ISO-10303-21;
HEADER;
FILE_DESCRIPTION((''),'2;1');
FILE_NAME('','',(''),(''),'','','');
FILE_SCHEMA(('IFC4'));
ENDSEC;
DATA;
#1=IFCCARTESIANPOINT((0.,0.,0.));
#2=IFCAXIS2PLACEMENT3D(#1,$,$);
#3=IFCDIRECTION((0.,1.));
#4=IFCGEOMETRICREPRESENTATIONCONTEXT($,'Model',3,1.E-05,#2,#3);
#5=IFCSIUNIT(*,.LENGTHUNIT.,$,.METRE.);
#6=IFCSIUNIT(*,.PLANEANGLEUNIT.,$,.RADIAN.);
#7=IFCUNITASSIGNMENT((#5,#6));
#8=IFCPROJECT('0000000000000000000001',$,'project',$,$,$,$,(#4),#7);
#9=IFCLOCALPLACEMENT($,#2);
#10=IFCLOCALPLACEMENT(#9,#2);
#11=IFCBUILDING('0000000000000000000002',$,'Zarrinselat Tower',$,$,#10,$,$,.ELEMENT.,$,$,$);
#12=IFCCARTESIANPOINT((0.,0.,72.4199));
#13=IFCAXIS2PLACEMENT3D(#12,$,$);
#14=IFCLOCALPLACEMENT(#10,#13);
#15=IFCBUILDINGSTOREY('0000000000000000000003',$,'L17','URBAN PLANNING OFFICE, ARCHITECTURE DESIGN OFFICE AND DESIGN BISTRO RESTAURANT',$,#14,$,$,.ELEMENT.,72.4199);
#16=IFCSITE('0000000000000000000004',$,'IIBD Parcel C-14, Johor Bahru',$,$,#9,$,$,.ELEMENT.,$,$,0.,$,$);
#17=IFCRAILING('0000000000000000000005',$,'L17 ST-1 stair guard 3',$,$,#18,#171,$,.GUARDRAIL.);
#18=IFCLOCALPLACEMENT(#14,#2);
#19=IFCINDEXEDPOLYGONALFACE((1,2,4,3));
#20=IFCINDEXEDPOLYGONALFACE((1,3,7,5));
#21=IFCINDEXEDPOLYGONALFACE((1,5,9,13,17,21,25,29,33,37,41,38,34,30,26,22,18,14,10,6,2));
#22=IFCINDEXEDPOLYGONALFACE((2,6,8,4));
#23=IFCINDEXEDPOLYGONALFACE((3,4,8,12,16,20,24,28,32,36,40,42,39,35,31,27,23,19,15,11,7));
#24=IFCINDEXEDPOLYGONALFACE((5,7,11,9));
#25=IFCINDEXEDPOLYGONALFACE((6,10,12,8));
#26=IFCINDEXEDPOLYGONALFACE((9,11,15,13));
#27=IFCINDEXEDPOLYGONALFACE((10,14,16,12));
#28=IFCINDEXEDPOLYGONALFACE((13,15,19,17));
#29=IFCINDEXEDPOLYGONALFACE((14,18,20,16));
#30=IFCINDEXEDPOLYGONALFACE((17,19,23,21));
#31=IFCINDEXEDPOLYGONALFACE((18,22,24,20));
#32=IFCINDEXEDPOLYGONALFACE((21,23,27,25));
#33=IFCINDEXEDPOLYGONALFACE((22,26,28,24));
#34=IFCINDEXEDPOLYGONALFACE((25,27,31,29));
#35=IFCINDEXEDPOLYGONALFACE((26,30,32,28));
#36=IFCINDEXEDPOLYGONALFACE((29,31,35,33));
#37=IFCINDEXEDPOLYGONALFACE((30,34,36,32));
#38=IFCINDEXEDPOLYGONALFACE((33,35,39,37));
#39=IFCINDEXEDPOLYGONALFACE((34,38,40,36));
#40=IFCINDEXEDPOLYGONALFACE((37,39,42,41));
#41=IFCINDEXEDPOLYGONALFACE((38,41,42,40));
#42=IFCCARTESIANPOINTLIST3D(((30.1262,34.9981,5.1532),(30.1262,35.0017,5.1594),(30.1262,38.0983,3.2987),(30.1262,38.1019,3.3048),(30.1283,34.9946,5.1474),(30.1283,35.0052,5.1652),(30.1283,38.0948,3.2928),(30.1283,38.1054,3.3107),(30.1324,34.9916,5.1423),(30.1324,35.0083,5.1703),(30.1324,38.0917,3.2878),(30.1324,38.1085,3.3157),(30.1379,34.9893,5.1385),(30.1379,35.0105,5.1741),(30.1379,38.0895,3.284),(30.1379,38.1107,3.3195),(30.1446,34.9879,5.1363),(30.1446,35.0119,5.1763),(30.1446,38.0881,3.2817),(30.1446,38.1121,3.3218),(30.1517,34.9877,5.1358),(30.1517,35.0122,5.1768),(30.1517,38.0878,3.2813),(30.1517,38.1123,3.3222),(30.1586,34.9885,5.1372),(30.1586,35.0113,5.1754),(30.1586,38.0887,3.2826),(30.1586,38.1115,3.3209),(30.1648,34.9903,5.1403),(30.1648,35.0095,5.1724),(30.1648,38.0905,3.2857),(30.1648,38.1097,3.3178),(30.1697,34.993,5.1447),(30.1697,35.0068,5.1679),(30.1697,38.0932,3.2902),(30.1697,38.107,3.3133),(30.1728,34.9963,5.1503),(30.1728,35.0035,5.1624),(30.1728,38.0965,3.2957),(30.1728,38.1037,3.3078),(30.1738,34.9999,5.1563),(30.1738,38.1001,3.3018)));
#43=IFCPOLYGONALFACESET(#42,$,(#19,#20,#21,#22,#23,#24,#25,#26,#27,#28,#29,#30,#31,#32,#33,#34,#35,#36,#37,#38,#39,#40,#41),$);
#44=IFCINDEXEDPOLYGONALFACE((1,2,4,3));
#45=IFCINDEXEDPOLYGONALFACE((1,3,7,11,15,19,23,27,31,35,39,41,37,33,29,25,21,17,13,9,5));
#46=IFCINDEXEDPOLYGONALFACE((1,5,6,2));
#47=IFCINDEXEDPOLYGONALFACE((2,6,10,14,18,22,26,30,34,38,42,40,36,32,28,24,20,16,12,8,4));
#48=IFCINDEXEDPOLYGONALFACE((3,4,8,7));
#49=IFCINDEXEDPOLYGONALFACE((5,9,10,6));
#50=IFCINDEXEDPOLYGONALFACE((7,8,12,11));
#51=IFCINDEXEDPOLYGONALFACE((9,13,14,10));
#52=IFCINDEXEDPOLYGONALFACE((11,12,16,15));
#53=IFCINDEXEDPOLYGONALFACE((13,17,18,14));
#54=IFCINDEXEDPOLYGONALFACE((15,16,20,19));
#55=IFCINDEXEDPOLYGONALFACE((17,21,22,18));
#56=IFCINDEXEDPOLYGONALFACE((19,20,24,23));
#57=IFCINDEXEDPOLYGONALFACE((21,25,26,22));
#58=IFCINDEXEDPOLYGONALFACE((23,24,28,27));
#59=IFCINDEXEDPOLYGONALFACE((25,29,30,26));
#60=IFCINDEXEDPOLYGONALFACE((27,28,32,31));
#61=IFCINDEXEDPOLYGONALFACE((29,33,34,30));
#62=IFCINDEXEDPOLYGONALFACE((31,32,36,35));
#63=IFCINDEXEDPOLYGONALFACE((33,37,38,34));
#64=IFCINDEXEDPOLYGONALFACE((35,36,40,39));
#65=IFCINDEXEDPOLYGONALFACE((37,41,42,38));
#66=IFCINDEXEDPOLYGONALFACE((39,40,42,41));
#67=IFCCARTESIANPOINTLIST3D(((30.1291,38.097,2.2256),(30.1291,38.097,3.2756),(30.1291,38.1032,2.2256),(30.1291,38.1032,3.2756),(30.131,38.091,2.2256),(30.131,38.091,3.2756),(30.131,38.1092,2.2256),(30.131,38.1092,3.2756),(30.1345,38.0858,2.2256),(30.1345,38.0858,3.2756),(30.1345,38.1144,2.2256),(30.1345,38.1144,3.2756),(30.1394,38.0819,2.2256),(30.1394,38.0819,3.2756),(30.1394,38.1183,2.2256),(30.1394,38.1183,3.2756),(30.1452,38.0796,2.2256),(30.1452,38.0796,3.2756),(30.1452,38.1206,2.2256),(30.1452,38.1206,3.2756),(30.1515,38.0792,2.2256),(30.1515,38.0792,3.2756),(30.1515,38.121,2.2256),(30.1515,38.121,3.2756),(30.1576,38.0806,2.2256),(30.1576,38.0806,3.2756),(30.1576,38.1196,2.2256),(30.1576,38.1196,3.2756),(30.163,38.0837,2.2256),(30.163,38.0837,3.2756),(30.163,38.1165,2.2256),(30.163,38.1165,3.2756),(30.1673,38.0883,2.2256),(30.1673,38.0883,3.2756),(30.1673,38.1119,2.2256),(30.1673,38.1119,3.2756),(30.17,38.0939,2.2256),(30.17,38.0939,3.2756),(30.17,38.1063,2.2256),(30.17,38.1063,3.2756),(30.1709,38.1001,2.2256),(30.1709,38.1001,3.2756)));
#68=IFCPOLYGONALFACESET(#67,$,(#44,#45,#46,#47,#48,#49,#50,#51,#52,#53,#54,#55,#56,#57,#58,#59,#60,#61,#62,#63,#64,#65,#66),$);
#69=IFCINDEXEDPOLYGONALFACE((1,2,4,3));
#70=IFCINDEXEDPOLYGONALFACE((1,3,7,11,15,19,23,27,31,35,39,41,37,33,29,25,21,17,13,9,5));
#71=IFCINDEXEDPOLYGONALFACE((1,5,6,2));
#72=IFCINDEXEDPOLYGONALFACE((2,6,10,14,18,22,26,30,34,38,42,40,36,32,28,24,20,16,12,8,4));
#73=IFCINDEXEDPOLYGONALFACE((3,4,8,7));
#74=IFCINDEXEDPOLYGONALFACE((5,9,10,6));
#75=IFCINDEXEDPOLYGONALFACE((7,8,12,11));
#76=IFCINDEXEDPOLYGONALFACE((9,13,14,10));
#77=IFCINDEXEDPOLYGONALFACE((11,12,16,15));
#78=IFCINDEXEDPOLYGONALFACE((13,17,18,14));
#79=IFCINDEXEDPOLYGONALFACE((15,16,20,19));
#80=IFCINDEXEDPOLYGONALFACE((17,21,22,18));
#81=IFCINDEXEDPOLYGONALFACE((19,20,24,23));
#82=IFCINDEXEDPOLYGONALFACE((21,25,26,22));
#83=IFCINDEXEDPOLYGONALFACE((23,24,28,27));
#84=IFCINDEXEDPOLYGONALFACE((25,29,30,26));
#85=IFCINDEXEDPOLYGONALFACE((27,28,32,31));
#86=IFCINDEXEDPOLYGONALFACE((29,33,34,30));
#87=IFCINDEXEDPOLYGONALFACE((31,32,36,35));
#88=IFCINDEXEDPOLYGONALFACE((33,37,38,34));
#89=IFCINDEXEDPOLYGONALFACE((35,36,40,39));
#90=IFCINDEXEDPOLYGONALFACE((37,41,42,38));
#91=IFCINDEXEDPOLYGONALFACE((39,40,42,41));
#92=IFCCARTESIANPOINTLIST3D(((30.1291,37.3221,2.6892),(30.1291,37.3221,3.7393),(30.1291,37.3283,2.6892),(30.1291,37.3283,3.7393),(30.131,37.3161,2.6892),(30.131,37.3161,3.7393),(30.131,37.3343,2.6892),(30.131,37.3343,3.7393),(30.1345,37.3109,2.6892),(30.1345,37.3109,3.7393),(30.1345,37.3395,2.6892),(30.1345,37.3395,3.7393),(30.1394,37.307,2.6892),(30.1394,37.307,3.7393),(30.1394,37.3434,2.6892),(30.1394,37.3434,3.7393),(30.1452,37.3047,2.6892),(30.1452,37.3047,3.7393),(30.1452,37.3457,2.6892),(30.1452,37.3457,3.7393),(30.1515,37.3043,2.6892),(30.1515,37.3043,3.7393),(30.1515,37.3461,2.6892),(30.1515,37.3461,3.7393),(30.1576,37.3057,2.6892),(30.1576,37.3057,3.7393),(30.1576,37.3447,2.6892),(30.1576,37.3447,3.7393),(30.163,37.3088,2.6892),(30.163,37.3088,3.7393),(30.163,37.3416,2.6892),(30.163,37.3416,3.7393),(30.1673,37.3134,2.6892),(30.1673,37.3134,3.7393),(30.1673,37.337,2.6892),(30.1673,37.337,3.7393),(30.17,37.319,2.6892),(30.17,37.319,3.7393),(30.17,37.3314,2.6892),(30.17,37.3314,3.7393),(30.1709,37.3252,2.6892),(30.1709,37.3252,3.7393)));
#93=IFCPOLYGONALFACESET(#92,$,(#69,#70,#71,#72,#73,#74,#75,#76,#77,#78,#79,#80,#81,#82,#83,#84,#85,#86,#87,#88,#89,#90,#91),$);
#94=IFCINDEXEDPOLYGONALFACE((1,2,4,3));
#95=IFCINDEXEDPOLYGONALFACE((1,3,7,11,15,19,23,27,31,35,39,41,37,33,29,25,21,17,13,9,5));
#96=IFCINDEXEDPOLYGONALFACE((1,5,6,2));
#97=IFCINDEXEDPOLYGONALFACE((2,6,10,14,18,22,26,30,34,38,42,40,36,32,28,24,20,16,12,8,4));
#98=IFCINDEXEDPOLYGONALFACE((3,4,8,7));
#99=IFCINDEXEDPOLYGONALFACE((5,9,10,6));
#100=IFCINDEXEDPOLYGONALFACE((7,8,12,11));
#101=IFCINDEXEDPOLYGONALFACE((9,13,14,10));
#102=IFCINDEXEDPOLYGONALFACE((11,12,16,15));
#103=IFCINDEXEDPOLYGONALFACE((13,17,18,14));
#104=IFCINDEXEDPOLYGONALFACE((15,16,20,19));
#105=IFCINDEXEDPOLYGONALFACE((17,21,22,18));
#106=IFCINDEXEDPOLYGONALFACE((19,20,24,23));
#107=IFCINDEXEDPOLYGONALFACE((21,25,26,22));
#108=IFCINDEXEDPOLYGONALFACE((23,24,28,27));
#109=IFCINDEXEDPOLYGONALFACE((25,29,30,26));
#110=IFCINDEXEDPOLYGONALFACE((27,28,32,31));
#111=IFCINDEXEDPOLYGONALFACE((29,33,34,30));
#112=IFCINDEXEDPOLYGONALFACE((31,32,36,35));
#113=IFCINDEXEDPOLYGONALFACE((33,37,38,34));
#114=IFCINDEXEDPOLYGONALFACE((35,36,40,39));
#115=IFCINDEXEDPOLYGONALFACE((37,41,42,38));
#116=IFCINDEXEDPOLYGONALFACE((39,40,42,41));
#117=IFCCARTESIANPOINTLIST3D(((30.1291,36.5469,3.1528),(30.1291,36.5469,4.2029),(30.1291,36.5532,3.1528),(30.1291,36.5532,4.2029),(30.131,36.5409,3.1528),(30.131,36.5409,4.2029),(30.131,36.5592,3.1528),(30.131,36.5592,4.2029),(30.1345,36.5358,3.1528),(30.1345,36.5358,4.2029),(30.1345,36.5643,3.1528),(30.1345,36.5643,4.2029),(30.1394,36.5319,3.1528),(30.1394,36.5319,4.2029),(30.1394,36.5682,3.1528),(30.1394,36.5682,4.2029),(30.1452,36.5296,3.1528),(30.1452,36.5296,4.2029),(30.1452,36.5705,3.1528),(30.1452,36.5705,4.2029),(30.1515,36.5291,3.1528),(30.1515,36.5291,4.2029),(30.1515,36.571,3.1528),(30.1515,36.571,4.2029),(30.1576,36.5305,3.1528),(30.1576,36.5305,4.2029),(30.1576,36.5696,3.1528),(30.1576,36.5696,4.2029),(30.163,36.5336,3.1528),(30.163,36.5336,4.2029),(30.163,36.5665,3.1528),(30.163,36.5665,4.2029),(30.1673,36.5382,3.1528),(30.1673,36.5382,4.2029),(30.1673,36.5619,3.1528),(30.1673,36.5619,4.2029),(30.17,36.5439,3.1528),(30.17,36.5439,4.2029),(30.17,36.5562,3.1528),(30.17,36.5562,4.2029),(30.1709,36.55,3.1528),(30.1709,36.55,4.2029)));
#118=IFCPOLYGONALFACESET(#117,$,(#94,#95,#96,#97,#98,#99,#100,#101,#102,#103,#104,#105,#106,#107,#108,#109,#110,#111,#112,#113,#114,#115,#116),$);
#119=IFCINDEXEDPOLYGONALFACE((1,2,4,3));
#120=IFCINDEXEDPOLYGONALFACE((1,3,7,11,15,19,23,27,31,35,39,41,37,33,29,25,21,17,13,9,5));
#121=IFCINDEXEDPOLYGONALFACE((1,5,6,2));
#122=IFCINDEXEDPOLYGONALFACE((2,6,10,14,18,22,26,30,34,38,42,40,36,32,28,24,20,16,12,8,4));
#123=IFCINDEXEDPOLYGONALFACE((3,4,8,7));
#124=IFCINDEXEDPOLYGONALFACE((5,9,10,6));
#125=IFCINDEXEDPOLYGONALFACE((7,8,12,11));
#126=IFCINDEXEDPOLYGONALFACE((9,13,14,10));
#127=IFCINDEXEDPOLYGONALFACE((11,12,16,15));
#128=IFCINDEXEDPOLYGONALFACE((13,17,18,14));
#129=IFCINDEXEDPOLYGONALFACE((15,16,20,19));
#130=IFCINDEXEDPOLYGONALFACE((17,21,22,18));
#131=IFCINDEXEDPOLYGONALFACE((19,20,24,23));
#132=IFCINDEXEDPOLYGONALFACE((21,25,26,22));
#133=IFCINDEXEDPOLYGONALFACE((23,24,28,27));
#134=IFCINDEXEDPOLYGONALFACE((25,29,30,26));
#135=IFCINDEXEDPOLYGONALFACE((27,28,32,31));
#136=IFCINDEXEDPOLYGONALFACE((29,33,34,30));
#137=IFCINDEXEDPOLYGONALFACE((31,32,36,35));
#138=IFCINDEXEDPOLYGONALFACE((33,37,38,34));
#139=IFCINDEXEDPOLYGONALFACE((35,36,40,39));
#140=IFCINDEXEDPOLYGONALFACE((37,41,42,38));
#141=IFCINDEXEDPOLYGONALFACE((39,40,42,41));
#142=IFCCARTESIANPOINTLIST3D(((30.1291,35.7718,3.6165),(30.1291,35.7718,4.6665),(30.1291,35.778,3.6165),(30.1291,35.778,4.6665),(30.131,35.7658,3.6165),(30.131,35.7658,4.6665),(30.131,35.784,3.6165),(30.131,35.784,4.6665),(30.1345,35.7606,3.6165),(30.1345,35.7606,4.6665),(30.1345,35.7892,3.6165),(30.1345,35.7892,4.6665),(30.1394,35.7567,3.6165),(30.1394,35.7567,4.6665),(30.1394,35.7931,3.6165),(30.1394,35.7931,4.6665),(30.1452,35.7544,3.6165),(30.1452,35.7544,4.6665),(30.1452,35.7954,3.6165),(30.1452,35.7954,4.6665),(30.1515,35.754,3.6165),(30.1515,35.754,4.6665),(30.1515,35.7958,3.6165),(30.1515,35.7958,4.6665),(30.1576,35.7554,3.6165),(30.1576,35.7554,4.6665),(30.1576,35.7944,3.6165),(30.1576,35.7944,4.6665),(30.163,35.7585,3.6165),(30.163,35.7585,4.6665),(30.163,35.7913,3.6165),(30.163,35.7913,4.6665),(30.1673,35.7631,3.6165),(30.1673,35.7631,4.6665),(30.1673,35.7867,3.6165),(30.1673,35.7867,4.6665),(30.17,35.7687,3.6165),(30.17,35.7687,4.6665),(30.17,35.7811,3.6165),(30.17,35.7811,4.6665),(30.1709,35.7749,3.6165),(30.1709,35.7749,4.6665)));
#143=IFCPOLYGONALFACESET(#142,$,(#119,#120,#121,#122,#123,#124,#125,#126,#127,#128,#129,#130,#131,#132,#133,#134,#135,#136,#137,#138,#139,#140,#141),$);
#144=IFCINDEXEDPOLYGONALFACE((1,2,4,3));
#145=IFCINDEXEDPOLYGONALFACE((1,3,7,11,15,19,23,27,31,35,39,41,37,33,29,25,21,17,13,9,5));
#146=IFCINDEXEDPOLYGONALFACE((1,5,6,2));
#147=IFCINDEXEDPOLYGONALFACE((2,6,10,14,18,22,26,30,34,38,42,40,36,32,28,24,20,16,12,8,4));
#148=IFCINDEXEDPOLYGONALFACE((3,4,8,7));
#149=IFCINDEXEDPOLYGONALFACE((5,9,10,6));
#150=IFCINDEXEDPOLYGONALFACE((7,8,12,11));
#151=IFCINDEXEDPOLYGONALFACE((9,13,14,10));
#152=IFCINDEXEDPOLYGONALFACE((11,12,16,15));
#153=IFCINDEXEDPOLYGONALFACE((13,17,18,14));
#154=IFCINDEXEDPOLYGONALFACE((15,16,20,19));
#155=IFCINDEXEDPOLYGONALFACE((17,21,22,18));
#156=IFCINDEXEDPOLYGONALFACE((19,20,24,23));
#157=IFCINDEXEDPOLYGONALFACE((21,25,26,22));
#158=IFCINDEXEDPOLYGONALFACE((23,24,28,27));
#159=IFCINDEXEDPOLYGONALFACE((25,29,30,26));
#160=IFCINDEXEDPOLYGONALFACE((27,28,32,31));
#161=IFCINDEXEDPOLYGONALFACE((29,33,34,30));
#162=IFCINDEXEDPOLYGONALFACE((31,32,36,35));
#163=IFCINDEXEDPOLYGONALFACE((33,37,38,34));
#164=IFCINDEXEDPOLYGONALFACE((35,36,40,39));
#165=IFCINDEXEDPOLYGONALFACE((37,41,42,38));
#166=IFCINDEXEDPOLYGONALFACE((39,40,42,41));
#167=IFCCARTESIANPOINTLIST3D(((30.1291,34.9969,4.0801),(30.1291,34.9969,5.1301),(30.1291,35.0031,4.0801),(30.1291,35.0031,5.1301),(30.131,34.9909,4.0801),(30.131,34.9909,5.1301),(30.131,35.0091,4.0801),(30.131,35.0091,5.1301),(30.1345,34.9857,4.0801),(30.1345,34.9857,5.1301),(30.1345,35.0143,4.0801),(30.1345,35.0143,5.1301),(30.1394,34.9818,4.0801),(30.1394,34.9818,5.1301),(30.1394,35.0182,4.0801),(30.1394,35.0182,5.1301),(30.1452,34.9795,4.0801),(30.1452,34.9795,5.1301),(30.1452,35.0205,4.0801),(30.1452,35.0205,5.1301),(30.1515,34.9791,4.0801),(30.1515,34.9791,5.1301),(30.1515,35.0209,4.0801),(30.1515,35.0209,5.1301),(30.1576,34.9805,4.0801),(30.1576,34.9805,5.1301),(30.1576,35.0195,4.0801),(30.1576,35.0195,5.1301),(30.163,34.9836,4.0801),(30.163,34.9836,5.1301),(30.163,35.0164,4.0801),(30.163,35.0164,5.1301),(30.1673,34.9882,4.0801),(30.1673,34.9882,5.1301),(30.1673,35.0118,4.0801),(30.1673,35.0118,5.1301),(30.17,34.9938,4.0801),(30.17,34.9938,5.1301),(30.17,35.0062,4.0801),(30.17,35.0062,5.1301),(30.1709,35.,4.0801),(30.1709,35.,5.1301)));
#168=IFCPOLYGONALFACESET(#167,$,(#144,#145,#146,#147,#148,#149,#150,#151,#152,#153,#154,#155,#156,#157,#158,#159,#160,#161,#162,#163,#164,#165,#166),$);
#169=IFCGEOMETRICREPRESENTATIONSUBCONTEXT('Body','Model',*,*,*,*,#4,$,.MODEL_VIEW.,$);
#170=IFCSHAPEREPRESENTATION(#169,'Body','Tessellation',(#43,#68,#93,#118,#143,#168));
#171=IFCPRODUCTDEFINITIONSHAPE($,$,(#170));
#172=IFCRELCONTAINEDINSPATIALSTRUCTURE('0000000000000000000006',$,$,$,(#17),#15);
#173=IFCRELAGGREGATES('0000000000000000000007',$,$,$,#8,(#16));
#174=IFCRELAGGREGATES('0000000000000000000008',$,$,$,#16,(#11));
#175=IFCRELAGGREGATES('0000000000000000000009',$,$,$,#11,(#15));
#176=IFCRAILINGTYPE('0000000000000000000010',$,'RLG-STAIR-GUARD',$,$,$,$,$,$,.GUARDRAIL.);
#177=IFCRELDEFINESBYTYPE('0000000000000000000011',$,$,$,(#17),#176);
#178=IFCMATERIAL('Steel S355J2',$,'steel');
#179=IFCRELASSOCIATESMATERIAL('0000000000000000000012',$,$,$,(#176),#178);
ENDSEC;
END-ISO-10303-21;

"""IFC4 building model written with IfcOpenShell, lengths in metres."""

from ifc_helpers import new_model, si_unit, direction, frame, origin, origin_2d, place, context, subcontext, project, spatial, circle, extrude, material, type_object, element, save


model = new_model("IFC4")

# Units and contexts
model_context = context("Model", 3, precision=1e-05, world=origin(), true_north=direction((0.0, 1.0)))
body_context = subcontext(model_context, "Body", "Model", "MODEL_VIEW")
ifc_project = project(units=[si_unit("LENGTHUNIT", "METRE"), si_unit("PLANEANGLEUNIT", "RADIAN")], contexts=[model_context])

# Site, building, storey
site_placement = place(None, origin())
site = spatial("IfcSite", under=ifc_project, at=site_placement, Name="IIBD Parcel C-14, Johor Bahru", CompositionType="ELEMENT", RefElevation=0.0)
building_placement = place(site_placement, origin())
building = spatial("IfcBuilding", under=site, at=building_placement, Name="Zarrinselat Tower", CompositionType="ELEMENT")
storey_placement = place(building_placement, frame((0.0, 0.0, 72.4199)))
storey = spatial("IfcBuildingStorey", under=building, at=storey_placement, Name="L17", Description="URBAN PLANNING OFFICE, ARCHITECTURE DESIGN OFFICE AND DESIGN BISTRO RESTAURANT", CompositionType="ELEMENT", Elevation=72.4199)

# Railing
ifc_material_1 = material(Name="Steel S355J2", Category="steel")
railing_type_1 = type_object("IfcRailingType", Name="RLG-STAIR-GUARD", PredefinedType="GUARDRAIL", material=ifc_material_1)
railing_1_placement = place(storey_placement, frame((30.1499, 38.1001, 2.2256)))
element("IfcRailing", 1, at=railing_1_placement, inside=storey, type_object=railing_type_1, Name="L17 ST-1 stair guard 3", PredefinedType="GUARDRAIL", context=body_context, shape_type="SweptSolid", body=[
    extrude(circle(Radius=0.0239, at=origin_2d()), frame((0.0, 0.0, 1.0762), z_axis=(0.0, -0.858172, 0.513362), x_axis=(1.0, 0.0, 0.0)), (0.0, 0.0, 1.0), 3.6125),
    extrude(circle(Radius=0.021, at=origin_2d()), origin(), (0.0, 0.0, 1.0), 1.05),
    extrude(circle(Radius=0.021, at=origin_2d()), frame((0.0, -0.7749, 0.4636)), (0.0, 0.0, 1.0), 1.05),
    extrude(circle(Radius=0.021, at=origin_2d()), frame((0.0, -1.55, 0.9272)), (0.0, 0.0, 1.0), 1.05),
    extrude(circle(Radius=0.021, at=origin_2d()), frame((0.0, -2.3252, 1.3909)), (0.0, 0.0, 1.0), 1.05),
    extrude(circle(Radius=0.021, at=origin_2d()), frame((0.0, -3.1001, 1.8545)), (0.0, 0.0, 1.0), 1.05),
])

save(model, "model.ifc")
